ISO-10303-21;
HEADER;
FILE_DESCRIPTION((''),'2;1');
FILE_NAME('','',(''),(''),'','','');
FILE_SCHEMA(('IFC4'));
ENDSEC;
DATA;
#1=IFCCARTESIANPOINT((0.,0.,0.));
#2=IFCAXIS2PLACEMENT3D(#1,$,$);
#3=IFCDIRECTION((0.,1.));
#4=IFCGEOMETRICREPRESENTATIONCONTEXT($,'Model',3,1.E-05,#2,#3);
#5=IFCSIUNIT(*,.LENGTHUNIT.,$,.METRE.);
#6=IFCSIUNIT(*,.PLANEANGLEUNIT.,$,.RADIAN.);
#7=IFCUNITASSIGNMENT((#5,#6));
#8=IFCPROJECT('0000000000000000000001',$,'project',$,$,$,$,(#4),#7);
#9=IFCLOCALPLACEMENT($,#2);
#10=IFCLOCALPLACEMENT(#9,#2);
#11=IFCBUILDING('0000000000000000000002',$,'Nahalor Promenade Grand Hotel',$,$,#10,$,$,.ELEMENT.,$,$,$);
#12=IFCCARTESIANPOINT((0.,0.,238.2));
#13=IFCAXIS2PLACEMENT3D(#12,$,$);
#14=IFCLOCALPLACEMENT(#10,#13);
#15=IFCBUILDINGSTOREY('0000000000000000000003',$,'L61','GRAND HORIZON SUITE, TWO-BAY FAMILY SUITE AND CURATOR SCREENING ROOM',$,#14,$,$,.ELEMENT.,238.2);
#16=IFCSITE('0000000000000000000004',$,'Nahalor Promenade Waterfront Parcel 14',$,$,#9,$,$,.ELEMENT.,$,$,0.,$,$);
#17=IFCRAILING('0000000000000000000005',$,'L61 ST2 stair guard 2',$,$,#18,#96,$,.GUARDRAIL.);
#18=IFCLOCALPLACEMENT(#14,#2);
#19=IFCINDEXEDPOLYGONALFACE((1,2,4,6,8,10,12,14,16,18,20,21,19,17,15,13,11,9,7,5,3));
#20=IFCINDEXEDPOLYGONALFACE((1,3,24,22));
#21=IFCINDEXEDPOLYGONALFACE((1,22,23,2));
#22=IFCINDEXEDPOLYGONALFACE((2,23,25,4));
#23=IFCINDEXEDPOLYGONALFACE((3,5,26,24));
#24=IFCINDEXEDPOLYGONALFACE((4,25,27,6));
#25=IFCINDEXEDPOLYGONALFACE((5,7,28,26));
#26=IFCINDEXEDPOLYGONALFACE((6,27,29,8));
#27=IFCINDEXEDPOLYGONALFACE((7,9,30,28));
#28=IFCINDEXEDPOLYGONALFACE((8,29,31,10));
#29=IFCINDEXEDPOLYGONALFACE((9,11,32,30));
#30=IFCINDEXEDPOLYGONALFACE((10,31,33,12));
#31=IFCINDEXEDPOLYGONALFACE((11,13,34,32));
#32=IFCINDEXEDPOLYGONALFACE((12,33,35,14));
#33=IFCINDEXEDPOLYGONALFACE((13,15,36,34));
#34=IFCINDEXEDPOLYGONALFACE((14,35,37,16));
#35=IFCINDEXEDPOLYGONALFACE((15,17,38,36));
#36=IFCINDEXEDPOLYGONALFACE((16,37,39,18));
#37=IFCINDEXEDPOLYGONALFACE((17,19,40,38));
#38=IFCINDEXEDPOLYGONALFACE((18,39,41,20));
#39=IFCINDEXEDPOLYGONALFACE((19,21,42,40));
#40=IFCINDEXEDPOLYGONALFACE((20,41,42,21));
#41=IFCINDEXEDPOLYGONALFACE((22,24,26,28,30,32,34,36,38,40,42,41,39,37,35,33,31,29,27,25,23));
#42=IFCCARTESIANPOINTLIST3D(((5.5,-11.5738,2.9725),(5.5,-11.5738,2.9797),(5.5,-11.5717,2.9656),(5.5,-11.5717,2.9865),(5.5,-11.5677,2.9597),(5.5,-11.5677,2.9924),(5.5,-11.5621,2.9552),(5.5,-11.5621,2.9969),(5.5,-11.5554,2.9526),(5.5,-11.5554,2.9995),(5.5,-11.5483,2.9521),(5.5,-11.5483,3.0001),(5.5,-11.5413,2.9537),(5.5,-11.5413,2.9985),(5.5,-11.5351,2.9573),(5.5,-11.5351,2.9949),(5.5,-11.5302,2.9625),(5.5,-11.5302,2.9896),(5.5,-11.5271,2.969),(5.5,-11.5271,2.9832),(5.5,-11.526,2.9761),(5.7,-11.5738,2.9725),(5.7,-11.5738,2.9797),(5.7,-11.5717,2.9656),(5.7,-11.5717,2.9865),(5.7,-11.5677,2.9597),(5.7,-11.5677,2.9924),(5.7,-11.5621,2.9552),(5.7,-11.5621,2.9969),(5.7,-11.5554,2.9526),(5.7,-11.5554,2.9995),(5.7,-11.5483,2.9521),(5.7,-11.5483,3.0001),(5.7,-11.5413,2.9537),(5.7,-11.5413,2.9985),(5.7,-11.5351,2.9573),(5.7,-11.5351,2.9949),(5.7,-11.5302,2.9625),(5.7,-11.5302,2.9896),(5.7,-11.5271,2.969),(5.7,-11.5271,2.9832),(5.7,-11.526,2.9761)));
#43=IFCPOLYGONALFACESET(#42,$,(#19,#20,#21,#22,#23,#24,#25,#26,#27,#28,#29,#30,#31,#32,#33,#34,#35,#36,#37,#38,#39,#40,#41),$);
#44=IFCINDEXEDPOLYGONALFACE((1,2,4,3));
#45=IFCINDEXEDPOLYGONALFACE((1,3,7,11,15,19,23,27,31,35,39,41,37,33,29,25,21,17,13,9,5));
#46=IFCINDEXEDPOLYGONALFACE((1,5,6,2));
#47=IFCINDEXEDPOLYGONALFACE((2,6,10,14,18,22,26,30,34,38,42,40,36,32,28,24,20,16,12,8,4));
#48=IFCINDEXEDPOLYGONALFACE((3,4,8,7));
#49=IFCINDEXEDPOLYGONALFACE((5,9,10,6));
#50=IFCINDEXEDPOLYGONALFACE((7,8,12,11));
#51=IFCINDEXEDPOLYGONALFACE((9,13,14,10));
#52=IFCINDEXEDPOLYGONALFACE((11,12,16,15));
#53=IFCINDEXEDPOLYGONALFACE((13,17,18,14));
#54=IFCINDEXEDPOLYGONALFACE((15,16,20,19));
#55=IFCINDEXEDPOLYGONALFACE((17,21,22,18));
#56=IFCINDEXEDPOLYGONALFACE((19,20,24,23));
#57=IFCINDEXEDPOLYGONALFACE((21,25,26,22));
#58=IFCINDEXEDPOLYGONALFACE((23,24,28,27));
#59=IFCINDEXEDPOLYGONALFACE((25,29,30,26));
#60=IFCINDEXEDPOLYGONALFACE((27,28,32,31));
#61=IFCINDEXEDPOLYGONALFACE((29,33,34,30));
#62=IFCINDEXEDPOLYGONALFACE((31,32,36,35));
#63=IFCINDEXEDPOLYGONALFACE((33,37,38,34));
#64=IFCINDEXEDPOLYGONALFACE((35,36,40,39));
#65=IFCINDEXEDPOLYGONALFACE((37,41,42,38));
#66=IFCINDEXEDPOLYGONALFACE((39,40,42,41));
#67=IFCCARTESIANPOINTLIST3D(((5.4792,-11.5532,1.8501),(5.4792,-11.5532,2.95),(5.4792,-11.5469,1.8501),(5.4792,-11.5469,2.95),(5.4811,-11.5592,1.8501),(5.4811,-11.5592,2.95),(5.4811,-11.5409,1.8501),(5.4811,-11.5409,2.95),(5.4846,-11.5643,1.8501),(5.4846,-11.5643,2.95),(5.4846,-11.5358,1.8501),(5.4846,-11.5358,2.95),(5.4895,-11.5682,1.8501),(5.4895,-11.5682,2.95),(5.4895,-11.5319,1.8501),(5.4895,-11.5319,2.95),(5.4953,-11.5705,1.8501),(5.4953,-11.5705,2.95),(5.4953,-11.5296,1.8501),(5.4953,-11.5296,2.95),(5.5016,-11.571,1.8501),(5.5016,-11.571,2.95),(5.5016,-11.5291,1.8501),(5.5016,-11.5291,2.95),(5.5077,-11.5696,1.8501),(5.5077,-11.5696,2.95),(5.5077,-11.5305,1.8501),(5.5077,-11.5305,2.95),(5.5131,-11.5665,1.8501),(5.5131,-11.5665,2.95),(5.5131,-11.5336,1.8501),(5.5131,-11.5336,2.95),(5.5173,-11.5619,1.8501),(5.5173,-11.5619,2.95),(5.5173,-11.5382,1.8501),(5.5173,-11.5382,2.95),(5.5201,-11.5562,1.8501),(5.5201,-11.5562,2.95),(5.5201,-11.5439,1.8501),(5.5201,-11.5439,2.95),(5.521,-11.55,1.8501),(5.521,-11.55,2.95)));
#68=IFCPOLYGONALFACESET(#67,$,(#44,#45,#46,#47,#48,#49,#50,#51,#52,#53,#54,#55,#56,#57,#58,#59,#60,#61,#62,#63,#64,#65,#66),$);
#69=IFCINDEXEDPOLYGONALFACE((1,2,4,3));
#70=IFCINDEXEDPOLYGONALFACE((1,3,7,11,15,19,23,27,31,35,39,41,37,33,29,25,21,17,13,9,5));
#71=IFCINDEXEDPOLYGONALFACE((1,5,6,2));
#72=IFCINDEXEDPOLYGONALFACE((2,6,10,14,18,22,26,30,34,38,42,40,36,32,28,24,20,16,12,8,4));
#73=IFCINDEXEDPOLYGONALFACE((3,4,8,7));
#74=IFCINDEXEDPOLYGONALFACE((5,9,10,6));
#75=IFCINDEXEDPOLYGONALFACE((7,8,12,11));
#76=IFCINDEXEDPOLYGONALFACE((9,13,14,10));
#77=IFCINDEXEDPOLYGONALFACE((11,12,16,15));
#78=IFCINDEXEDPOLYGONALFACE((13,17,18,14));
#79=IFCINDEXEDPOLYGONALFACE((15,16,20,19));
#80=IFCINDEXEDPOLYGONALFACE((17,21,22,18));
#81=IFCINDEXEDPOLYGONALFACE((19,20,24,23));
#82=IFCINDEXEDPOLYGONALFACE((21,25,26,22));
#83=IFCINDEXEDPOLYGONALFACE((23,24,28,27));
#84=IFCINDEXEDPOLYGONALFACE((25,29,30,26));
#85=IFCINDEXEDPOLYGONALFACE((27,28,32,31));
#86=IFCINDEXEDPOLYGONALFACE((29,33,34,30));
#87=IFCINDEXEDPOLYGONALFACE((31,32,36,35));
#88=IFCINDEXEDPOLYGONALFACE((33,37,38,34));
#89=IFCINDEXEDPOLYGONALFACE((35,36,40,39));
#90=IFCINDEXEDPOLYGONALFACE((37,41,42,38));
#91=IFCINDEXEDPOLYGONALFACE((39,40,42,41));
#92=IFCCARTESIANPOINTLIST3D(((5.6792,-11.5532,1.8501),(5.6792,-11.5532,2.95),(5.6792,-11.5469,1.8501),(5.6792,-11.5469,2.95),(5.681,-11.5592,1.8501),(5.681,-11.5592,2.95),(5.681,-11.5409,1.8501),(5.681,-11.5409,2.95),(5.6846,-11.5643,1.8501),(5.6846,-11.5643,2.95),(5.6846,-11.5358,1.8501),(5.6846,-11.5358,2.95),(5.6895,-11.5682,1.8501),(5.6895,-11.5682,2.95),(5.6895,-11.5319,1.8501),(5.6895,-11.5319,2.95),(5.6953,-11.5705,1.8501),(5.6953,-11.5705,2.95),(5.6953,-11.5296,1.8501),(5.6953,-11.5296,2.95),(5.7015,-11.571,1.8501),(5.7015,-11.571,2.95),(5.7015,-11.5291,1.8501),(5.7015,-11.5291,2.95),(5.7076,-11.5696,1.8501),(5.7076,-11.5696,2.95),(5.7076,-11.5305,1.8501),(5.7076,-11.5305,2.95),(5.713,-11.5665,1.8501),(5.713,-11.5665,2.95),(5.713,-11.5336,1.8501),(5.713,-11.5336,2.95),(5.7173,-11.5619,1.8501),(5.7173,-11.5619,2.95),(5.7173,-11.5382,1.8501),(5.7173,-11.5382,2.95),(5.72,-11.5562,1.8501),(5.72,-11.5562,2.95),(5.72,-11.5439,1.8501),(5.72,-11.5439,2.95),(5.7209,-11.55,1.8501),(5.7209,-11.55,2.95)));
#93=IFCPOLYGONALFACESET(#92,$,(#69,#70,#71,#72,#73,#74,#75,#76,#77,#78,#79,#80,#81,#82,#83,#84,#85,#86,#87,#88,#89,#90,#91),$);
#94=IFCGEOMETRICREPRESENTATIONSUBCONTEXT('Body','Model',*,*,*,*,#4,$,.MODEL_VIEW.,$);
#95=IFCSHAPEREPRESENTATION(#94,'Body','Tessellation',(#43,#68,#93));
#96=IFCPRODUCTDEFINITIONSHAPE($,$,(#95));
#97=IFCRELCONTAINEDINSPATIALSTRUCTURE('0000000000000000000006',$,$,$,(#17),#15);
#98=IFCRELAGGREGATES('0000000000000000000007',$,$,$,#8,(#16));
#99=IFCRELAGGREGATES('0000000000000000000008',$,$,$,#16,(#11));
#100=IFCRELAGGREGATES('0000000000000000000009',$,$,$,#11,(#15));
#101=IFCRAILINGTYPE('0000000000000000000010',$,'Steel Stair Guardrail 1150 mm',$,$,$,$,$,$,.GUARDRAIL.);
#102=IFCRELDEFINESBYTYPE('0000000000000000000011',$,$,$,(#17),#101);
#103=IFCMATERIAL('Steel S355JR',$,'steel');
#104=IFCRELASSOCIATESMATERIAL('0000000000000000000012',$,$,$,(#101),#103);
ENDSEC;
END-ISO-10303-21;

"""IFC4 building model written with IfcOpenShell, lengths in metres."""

from ifc_helpers import new_model, si_unit, direction, frame, origin, origin_2d, place, context, subcontext, project, spatial, circle, extrude, material, type_object, element, save


model = new_model("IFC4")

# Units and contexts
model_context = context("Model", 3, precision=1e-05, world=origin(), true_north=direction((0.0, 1.0)))
body_context = subcontext(model_context, "Body", "Model", "MODEL_VIEW")
ifc_project = project(units=[si_unit("LENGTHUNIT", "METRE"), si_unit("PLANEANGLEUNIT", "RADIAN")], contexts=[model_context])

# Site, building, storey
site_placement = place(None, origin())
site = spatial("IfcSite", under=ifc_project, at=site_placement, Name="Nahalor Promenade Waterfront Parcel 14", CompositionType="ELEMENT", RefElevation=0.0)
building_placement = place(site_placement, origin())
building = spatial("IfcBuilding", under=site, at=building_placement, Name="Nahalor Promenade Grand Hotel", CompositionType="ELEMENT")
storey_placement = place(building_placement, frame((0.0, 0.0, 238.2)))
storey = spatial("IfcBuildingStorey", under=building, at=storey_placement, Name="L61", Description="GRAND HORIZON SUITE, TWO-BAY FAMILY SUITE AND CURATOR SCREENING ROOM", CompositionType="ELEMENT", Elevation=238.2)

# Shared definitions
ifc_material_1 = material(Name="Steel S355JR", Category="steel")

# Railing
railing_type_1 = type_object("IfcRailingType", Name="Steel Stair Guardrail 1150 mm", PredefinedType="GUARDRAIL", material=ifc_material_1)
railing_1_placement = place(storey_placement, frame((5.5, -11.55, 1.8501)))
element("IfcRailing", 1, at=railing_1_placement, inside=storey, type_object=railing_type_1, Name="L61 ST2 stair guard 2", PredefinedType="GUARDRAIL", context=body_context, shape_type="SweptSolid", body=[
    extrude(circle(Radius=0.024, at=origin_2d()), frame((0.0, 0.0, 1.126), z_axis=(1.0, 0.0, 0.0), x_axis=(0.0, 1.0, 0.0)), (0.0, 0.0, 1.0), 0.2),
    extrude(circle(Radius=0.021, at=origin_2d()), origin(), (0.0, 0.0, 1.0), 1.0999),
    extrude(circle(Radius=0.021, at=origin_2d()), frame((0.2, 0.0, 0.0)), (0.0, 0.0, 1.0), 1.0999),
])

save(model, "model.ifc")
